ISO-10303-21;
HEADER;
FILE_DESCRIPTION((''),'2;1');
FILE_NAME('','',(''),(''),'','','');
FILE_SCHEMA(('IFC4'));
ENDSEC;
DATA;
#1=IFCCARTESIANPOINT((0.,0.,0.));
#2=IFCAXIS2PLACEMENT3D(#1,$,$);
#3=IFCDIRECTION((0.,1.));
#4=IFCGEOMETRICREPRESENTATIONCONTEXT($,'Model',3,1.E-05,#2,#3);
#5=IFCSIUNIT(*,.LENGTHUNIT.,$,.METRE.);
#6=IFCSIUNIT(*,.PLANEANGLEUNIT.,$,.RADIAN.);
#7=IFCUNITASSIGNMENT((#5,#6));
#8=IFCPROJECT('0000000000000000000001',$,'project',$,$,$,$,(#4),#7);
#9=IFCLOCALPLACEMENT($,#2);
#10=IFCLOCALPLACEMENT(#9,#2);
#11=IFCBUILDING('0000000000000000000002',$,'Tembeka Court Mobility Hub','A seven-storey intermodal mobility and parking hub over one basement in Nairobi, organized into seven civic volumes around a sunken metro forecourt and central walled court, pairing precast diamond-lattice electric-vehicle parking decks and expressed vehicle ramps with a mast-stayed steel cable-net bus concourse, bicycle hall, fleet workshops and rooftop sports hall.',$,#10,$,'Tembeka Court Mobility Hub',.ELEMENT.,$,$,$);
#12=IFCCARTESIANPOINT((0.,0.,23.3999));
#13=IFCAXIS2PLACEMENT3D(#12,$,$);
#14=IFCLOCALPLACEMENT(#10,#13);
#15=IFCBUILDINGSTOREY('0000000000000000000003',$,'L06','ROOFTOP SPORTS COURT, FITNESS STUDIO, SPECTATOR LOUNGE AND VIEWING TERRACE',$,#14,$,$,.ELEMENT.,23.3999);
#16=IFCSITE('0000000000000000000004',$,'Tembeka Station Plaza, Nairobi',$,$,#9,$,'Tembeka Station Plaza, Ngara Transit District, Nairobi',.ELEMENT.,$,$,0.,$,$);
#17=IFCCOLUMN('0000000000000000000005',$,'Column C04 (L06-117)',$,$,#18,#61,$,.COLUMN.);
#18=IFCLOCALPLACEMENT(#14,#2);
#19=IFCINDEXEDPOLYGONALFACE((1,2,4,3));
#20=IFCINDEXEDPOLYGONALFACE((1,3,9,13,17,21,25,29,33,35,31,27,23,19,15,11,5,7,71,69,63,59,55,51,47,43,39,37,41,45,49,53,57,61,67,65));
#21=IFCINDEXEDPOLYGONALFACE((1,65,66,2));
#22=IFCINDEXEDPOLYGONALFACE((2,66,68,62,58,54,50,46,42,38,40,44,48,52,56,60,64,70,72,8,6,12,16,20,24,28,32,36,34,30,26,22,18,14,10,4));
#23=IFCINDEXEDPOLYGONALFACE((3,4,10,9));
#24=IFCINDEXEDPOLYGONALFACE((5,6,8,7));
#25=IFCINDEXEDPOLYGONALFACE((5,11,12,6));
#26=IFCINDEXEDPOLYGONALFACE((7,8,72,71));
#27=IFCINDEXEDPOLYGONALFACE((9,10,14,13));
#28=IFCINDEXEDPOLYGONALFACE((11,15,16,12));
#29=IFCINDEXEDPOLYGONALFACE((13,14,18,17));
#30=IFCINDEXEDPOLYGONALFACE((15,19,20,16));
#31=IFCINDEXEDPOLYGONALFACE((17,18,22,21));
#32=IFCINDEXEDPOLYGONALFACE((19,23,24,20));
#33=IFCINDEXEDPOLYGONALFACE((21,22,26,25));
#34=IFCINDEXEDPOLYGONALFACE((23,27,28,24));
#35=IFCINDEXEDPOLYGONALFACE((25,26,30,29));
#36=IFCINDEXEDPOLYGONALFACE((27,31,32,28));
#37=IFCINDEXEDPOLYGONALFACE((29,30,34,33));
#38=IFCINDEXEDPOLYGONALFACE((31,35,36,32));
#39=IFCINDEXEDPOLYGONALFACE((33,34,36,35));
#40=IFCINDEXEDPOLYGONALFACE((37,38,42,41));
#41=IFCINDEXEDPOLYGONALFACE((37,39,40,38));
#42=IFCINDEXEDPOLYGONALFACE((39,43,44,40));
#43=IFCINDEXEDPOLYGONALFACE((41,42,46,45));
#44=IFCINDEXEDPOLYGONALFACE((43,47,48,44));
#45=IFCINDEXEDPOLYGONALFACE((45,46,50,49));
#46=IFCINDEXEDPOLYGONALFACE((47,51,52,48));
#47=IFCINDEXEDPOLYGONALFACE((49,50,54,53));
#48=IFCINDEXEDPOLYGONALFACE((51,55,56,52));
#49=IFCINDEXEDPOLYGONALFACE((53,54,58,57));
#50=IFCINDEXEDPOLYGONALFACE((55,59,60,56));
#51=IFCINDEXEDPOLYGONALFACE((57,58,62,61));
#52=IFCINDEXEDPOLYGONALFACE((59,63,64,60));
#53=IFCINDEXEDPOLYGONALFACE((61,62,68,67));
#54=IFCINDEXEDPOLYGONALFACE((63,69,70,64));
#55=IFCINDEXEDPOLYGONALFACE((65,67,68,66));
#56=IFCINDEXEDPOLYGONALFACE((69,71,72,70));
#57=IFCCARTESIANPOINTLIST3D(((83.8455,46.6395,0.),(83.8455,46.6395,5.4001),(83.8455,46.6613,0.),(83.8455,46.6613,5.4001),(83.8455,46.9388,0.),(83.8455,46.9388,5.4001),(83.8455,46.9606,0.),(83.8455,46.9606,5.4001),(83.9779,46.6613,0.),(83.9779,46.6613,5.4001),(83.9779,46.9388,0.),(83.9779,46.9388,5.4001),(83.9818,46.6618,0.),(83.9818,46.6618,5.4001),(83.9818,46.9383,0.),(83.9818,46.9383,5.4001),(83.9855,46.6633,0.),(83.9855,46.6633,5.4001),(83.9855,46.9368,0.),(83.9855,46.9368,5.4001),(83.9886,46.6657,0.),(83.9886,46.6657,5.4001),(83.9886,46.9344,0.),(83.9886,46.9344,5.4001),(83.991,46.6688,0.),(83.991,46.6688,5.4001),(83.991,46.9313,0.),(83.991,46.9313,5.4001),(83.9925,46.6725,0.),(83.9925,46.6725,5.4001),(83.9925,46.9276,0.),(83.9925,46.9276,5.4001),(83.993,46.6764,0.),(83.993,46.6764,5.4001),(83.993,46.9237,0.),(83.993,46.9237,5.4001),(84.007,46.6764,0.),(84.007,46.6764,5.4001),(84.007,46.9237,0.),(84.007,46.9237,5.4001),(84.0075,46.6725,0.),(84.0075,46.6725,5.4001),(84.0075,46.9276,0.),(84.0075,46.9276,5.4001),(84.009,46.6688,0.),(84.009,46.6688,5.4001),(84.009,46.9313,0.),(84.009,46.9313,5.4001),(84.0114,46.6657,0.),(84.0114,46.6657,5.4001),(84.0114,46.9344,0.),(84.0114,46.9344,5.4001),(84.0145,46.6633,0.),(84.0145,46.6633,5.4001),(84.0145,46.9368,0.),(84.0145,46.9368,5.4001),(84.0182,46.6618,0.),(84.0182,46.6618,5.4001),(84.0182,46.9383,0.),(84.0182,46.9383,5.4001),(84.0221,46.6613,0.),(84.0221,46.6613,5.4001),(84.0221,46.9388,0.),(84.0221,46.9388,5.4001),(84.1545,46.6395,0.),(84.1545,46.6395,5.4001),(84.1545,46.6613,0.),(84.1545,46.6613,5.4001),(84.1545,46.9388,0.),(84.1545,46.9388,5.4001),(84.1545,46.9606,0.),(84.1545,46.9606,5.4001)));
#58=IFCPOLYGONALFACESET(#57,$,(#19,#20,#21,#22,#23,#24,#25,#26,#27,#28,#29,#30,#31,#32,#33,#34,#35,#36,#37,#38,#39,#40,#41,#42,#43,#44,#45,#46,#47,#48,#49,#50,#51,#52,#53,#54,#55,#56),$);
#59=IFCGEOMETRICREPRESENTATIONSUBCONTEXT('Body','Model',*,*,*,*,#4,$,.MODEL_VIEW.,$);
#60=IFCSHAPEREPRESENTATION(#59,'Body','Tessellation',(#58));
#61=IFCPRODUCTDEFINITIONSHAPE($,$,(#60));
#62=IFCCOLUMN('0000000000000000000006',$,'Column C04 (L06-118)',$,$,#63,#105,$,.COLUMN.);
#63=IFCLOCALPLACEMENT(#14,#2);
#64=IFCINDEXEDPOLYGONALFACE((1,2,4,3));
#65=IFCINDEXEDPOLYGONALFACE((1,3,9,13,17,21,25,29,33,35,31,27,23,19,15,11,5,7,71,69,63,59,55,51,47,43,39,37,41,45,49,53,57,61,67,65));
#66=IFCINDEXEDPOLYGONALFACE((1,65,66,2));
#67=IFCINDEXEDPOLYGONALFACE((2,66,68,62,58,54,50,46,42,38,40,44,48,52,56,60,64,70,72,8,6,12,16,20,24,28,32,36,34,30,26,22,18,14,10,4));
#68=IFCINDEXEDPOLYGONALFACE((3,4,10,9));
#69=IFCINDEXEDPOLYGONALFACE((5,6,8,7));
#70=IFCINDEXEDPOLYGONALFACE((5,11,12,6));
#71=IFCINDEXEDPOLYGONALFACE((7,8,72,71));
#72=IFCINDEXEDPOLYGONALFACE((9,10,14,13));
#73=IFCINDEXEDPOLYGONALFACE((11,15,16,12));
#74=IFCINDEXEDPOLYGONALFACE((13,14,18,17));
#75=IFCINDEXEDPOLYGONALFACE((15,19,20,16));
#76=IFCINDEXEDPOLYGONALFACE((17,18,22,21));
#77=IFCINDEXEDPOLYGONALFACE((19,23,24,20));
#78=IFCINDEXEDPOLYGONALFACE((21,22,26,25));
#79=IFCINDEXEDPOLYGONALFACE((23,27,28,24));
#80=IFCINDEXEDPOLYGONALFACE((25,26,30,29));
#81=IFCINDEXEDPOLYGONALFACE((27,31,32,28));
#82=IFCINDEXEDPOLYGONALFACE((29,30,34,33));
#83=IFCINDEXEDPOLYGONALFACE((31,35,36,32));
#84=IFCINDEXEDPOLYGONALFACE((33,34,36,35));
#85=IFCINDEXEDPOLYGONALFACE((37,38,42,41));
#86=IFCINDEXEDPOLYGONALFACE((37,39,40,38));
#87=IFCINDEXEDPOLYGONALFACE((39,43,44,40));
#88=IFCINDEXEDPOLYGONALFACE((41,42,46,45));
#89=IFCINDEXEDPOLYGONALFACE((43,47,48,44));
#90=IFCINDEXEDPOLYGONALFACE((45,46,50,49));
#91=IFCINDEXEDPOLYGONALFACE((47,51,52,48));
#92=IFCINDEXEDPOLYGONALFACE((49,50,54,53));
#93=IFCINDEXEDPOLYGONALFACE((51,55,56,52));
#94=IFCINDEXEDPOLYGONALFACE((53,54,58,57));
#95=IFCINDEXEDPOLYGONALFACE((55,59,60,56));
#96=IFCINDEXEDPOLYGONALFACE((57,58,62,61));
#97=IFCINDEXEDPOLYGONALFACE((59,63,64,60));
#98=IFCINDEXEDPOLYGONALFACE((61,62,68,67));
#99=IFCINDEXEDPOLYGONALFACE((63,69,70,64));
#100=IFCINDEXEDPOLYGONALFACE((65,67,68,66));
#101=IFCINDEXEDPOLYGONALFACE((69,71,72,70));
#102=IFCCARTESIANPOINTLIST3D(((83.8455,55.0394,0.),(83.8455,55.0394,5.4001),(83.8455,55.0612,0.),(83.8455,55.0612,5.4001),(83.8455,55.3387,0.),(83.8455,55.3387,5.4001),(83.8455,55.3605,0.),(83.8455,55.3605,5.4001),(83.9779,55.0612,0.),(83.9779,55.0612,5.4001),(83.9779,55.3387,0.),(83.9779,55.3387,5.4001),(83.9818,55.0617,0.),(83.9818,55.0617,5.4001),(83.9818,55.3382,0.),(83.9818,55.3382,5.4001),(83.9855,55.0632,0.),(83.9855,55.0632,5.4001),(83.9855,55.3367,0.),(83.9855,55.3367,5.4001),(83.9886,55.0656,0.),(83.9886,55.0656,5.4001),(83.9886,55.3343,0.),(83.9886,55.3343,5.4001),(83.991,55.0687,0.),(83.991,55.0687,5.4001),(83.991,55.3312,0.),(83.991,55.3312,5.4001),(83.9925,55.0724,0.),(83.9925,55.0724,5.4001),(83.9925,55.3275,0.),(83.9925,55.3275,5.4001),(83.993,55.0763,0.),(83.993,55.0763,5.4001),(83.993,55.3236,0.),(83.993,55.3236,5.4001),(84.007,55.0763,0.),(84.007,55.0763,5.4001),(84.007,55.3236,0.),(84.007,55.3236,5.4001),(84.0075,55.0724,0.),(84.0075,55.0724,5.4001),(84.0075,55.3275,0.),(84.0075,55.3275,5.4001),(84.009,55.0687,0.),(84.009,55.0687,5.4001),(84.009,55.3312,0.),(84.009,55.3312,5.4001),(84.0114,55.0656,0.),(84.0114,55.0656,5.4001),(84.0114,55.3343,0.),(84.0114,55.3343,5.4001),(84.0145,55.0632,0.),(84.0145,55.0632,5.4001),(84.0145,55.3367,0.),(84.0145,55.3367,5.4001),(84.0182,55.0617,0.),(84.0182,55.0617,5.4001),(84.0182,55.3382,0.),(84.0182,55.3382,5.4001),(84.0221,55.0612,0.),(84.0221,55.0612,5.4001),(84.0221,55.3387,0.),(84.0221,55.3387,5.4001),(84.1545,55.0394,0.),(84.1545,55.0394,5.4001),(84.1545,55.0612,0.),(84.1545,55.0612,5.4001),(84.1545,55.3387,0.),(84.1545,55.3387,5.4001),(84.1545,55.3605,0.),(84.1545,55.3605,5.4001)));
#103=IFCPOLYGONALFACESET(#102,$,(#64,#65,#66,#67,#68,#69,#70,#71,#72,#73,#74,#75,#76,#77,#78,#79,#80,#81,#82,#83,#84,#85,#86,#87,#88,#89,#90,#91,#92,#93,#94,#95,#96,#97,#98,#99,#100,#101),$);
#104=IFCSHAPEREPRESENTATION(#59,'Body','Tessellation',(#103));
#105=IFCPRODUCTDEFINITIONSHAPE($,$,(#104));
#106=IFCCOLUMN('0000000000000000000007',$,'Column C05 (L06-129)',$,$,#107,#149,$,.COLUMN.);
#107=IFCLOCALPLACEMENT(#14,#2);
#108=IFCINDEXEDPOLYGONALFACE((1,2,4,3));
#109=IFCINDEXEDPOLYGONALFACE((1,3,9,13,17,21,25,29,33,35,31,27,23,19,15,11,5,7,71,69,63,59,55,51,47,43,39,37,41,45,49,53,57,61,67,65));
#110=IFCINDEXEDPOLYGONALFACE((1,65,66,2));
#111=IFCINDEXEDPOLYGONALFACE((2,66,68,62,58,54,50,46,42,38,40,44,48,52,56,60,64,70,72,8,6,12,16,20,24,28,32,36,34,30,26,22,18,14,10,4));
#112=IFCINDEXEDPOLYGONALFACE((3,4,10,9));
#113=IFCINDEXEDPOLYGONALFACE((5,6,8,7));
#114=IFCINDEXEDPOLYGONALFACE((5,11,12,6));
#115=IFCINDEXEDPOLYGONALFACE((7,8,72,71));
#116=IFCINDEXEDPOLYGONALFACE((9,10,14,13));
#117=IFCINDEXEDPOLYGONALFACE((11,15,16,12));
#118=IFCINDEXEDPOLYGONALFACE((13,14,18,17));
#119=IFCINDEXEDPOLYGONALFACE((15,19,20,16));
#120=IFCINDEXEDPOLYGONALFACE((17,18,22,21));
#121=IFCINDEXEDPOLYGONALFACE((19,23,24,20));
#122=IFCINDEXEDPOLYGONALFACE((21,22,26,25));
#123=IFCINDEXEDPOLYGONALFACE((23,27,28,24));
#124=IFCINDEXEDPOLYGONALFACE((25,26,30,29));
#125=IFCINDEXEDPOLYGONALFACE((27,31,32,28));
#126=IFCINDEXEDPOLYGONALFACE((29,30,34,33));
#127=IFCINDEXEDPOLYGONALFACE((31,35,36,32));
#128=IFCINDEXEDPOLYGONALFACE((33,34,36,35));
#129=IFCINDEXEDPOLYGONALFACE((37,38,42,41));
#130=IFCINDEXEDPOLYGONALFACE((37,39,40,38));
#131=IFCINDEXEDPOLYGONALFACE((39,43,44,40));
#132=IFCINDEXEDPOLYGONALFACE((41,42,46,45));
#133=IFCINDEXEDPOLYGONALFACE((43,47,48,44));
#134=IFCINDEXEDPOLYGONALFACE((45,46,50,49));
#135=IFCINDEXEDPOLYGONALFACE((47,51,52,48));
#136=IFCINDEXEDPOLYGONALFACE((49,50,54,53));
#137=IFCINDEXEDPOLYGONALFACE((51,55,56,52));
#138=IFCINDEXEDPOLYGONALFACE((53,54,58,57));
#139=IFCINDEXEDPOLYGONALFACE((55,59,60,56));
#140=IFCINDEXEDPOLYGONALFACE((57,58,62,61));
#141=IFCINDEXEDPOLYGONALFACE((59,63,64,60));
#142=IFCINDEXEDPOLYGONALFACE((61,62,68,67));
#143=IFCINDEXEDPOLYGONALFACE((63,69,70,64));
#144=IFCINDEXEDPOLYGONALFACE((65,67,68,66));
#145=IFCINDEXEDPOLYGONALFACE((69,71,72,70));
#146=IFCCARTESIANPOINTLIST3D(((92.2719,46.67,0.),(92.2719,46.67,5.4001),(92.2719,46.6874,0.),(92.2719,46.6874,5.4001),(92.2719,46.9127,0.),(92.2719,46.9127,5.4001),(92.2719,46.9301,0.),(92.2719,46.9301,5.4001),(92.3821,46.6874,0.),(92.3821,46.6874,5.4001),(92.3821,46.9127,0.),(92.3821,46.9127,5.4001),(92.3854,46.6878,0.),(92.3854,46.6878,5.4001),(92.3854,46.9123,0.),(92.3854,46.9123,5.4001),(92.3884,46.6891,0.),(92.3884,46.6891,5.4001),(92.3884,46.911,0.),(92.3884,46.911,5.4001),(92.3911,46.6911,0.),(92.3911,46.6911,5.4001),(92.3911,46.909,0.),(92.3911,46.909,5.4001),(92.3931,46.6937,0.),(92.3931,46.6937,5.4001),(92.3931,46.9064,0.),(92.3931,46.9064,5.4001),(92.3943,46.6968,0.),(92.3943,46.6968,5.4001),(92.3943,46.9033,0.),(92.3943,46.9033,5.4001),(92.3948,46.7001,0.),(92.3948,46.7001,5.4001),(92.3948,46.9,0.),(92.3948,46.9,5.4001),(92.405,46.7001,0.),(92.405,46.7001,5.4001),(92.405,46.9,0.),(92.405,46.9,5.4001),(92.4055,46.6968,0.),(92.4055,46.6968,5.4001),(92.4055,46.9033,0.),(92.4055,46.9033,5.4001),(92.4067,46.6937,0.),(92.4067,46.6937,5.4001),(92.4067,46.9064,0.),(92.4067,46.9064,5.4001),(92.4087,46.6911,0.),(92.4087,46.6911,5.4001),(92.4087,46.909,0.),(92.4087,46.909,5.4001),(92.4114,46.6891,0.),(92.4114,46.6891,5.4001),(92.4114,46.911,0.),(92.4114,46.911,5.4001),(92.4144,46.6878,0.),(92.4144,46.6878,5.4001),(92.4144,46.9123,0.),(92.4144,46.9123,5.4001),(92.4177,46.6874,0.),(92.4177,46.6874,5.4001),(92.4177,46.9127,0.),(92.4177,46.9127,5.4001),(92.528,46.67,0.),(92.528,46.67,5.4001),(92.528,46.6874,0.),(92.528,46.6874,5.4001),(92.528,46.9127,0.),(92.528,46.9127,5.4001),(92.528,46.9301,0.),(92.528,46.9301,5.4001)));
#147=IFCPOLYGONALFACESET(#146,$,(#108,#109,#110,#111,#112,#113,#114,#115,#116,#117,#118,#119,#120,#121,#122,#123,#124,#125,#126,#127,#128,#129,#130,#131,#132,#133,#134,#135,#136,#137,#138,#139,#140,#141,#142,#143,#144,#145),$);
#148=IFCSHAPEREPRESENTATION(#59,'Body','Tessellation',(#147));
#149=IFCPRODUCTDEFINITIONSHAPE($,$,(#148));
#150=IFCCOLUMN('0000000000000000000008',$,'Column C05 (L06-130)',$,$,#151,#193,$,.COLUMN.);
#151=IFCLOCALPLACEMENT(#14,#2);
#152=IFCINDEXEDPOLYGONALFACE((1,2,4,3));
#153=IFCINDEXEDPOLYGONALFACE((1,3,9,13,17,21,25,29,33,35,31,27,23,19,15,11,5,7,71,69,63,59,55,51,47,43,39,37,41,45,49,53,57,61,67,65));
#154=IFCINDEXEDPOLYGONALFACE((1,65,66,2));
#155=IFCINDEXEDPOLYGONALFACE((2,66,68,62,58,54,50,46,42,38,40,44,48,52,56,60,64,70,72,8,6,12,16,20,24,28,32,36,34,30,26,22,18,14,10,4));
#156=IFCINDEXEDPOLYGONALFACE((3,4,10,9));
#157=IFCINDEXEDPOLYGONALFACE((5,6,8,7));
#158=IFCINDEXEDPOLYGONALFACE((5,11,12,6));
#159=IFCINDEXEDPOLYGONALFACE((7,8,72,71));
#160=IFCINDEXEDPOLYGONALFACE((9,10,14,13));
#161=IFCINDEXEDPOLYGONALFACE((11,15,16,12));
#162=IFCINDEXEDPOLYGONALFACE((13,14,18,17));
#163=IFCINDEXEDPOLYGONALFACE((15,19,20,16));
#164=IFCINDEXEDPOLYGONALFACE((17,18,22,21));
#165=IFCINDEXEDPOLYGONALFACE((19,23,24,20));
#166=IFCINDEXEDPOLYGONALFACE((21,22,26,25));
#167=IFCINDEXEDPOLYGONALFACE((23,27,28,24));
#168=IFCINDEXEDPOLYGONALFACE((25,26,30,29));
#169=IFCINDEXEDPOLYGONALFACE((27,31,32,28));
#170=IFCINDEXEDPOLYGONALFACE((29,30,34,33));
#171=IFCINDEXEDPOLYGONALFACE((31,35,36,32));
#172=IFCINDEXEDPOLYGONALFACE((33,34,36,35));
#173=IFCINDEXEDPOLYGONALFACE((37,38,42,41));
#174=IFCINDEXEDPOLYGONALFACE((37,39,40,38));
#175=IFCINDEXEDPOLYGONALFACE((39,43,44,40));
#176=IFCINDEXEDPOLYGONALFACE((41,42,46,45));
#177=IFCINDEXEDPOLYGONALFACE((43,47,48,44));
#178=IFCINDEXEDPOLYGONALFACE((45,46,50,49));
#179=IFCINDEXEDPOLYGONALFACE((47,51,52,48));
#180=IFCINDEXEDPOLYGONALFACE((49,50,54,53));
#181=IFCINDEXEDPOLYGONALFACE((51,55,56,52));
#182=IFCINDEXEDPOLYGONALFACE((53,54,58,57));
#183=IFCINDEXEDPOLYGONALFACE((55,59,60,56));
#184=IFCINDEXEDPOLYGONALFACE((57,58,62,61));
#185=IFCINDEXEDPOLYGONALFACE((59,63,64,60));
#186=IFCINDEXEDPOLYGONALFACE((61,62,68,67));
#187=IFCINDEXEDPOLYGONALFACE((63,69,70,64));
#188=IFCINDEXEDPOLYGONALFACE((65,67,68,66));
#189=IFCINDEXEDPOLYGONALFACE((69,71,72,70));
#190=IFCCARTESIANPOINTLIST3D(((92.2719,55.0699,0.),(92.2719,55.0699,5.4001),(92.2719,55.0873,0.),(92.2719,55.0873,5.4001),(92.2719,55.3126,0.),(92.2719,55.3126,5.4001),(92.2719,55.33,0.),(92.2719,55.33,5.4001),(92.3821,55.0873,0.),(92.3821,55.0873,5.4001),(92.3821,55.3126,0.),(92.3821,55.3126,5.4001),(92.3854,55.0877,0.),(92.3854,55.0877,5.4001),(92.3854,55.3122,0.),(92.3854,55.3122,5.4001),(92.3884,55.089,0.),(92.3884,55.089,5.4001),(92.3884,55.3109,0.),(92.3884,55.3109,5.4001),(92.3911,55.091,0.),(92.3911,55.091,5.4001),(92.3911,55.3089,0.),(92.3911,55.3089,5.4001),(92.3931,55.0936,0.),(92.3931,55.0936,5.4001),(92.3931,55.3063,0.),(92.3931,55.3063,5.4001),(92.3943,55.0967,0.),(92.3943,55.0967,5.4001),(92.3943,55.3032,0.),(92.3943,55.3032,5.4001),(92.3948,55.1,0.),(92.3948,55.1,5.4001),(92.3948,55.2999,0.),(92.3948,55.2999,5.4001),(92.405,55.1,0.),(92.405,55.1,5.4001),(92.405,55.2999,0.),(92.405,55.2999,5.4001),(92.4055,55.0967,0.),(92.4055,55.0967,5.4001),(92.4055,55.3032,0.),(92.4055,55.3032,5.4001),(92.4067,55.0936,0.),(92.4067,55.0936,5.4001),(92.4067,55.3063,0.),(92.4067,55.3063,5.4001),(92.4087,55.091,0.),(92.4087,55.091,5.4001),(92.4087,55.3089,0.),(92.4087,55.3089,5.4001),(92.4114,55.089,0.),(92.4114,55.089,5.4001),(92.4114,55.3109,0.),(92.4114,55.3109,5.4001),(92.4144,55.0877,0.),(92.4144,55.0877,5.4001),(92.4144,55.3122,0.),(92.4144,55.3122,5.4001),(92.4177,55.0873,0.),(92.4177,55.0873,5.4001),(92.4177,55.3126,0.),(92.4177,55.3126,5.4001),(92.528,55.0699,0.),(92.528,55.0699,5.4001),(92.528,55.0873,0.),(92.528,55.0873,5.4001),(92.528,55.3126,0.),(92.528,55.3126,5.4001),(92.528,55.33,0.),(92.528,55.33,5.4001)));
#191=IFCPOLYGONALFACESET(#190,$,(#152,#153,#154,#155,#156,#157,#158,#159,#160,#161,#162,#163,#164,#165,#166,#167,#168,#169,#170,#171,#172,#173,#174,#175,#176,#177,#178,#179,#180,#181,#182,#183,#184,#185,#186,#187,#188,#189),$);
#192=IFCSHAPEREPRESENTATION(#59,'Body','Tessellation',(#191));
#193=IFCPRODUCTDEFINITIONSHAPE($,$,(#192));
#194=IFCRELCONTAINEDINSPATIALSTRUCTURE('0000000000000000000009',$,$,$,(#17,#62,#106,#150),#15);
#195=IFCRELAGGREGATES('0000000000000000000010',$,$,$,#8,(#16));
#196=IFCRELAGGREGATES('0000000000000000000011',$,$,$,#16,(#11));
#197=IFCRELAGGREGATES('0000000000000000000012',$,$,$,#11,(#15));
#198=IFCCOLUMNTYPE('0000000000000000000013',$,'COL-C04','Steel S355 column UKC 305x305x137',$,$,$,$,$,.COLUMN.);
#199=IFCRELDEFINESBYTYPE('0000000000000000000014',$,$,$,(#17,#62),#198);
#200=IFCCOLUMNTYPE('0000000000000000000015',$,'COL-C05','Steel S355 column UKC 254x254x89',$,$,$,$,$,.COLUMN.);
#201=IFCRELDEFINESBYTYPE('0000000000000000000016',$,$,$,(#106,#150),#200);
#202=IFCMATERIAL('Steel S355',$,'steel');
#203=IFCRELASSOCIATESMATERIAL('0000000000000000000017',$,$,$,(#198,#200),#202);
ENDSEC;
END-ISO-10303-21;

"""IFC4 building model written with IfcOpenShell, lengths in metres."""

from ifc_helpers import new_model, si_unit, direction, frame, origin, origin_2d, place, context, subcontext, project, spatial, i_section, extrude, material, material_profile, profile_set, type_object, element, save


model = new_model("IFC4")

# Units and contexts
model_context = context("Model", 3, precision=1e-05, world=origin(), true_north=direction((0.0, 1.0)))
body_context = subcontext(model_context, "Body", "Model", "MODEL_VIEW")
ifc_project = project(units=[si_unit("LENGTHUNIT", "METRE"), si_unit("PLANEANGLEUNIT", "RADIAN")], contexts=[model_context])

# Site, building, storey
site_placement = place(None, origin())
site = spatial("IfcSite", under=ifc_project, at=site_placement, Name="Tembeka Station Plaza, Nairobi", LongName="Tembeka Station Plaza, Ngara Transit District, Nairobi", CompositionType="ELEMENT", RefElevation=0.0)
building_placement = place(site_placement, origin())
building = spatial("IfcBuilding", under=site, at=building_placement, Name="Tembeka Court Mobility Hub", Description="A seven-storey intermodal mobility and parking hub over one basement in Nairobi, organized into seven civic volumes around a sunken metro forecourt and central walled court, pairing precast diamond-lattice electric-vehicle parking decks and expressed vehicle ramps with a mast-stayed steel cable-net bus concourse, bicycle hall, fleet workshops and rooftop sports hall.", LongName="Tembeka Court Mobility Hub", CompositionType="ELEMENT")
storey_placement = place(building_placement, frame((0.0, 0.0, 23.3999)))
storey = spatial("IfcBuildingStorey", under=building, at=storey_placement, Name="L06", Description="ROOFTOP SPORTS COURT, FITNESS STUDIO, SPECTATOR LOUNGE AND VIEWING TERRACE", CompositionType="ELEMENT", Elevation=23.3999)

# Columns
ifc_material_1 = material(Name="Steel S355", Category="steel")
ifc_material_profile_1 = material_profile(ifc_material_1, i_section(OverallWidth=0.3091, OverallDepth=0.321, WebThickness=0.0139, FlangeThickness=0.0217, FilletRadius=0.0151, at=origin_2d()), Name="UKC 305x305x137")
ifc_profile_set_1 = profile_set([ifc_material_profile_1], Name="Steel S355")
column_type_1 = type_object("IfcColumnType", Name="COL-C04", Description="Steel S355 column UKC 305x305x137", PredefinedType="COLUMN", material=ifc_profile_set_1)
for number, where, z_axis, x_axis, name in (
    (1, (84.0, 46.8, 0.0), (0.0, 0.0, 1.0), (1.0, 0.0, 0.0), "Column C04 (L06-117)"),
    (2, (84.0, 55.2, 0.0), (0.0, 0.0, 1.0), (1.0, 0.0, 0.0), "Column C04 (L06-118)"),
):
    element("IfcColumn", number, at=place(storey_placement, frame(where, z_axis=z_axis, x_axis=x_axis)), inside=storey, type_object=column_type_1, Name=name, PredefinedType="COLUMN", context=body_context, shape_type="SweptSolid", body=[
        extrude(i_section(OverallWidth=0.3091, OverallDepth=0.321, WebThickness=0.0139, FlangeThickness=0.0217, FilletRadius=0.0151, at=origin_2d()), origin(), (0.0, 0.0, 1.0), 5.4001),
    ])
ifc_material_profile_2 = material_profile(ifc_material_1, i_section(OverallWidth=0.2561, OverallDepth=0.26, WebThickness=0.0103, FlangeThickness=0.0173, FilletRadius=0.0127, at=origin_2d()), Name="UKC 254x254x89")
ifc_profile_set_2 = profile_set([ifc_material_profile_2], Name="Steel S355")
column_type_2 = type_object("IfcColumnType", Name="COL-C05", Description="Steel S355 column UKC 254x254x89", PredefinedType="COLUMN", material=ifc_profile_set_2)
for number, where, z_axis, x_axis, name in (
    (3, (92.3999, 46.8, 0.0), (0.0, 0.0, 1.0), (1.0, 0.0, 0.0), "Column C05 (L06-129)"),
    (4, (92.3999, 55.2, 0.0), (0.0, 0.0, 1.0), (1.0, 0.0, 0.0), "Column C05 (L06-130)"),
):
    element("IfcColumn", number, at=place(storey_placement, frame(where, z_axis=z_axis, x_axis=x_axis)), inside=storey, type_object=column_type_2, Name=name, PredefinedType="COLUMN", context=body_context, shape_type="SweptSolid", body=[
        extrude(i_section(OverallWidth=0.2561, OverallDepth=0.26, WebThickness=0.0103, FlangeThickness=0.0173, FilletRadius=0.0127, at=origin_2d()), origin(), (0.0, 0.0, 1.0), 5.4001),
    ])

save(model, "model.ifc")
